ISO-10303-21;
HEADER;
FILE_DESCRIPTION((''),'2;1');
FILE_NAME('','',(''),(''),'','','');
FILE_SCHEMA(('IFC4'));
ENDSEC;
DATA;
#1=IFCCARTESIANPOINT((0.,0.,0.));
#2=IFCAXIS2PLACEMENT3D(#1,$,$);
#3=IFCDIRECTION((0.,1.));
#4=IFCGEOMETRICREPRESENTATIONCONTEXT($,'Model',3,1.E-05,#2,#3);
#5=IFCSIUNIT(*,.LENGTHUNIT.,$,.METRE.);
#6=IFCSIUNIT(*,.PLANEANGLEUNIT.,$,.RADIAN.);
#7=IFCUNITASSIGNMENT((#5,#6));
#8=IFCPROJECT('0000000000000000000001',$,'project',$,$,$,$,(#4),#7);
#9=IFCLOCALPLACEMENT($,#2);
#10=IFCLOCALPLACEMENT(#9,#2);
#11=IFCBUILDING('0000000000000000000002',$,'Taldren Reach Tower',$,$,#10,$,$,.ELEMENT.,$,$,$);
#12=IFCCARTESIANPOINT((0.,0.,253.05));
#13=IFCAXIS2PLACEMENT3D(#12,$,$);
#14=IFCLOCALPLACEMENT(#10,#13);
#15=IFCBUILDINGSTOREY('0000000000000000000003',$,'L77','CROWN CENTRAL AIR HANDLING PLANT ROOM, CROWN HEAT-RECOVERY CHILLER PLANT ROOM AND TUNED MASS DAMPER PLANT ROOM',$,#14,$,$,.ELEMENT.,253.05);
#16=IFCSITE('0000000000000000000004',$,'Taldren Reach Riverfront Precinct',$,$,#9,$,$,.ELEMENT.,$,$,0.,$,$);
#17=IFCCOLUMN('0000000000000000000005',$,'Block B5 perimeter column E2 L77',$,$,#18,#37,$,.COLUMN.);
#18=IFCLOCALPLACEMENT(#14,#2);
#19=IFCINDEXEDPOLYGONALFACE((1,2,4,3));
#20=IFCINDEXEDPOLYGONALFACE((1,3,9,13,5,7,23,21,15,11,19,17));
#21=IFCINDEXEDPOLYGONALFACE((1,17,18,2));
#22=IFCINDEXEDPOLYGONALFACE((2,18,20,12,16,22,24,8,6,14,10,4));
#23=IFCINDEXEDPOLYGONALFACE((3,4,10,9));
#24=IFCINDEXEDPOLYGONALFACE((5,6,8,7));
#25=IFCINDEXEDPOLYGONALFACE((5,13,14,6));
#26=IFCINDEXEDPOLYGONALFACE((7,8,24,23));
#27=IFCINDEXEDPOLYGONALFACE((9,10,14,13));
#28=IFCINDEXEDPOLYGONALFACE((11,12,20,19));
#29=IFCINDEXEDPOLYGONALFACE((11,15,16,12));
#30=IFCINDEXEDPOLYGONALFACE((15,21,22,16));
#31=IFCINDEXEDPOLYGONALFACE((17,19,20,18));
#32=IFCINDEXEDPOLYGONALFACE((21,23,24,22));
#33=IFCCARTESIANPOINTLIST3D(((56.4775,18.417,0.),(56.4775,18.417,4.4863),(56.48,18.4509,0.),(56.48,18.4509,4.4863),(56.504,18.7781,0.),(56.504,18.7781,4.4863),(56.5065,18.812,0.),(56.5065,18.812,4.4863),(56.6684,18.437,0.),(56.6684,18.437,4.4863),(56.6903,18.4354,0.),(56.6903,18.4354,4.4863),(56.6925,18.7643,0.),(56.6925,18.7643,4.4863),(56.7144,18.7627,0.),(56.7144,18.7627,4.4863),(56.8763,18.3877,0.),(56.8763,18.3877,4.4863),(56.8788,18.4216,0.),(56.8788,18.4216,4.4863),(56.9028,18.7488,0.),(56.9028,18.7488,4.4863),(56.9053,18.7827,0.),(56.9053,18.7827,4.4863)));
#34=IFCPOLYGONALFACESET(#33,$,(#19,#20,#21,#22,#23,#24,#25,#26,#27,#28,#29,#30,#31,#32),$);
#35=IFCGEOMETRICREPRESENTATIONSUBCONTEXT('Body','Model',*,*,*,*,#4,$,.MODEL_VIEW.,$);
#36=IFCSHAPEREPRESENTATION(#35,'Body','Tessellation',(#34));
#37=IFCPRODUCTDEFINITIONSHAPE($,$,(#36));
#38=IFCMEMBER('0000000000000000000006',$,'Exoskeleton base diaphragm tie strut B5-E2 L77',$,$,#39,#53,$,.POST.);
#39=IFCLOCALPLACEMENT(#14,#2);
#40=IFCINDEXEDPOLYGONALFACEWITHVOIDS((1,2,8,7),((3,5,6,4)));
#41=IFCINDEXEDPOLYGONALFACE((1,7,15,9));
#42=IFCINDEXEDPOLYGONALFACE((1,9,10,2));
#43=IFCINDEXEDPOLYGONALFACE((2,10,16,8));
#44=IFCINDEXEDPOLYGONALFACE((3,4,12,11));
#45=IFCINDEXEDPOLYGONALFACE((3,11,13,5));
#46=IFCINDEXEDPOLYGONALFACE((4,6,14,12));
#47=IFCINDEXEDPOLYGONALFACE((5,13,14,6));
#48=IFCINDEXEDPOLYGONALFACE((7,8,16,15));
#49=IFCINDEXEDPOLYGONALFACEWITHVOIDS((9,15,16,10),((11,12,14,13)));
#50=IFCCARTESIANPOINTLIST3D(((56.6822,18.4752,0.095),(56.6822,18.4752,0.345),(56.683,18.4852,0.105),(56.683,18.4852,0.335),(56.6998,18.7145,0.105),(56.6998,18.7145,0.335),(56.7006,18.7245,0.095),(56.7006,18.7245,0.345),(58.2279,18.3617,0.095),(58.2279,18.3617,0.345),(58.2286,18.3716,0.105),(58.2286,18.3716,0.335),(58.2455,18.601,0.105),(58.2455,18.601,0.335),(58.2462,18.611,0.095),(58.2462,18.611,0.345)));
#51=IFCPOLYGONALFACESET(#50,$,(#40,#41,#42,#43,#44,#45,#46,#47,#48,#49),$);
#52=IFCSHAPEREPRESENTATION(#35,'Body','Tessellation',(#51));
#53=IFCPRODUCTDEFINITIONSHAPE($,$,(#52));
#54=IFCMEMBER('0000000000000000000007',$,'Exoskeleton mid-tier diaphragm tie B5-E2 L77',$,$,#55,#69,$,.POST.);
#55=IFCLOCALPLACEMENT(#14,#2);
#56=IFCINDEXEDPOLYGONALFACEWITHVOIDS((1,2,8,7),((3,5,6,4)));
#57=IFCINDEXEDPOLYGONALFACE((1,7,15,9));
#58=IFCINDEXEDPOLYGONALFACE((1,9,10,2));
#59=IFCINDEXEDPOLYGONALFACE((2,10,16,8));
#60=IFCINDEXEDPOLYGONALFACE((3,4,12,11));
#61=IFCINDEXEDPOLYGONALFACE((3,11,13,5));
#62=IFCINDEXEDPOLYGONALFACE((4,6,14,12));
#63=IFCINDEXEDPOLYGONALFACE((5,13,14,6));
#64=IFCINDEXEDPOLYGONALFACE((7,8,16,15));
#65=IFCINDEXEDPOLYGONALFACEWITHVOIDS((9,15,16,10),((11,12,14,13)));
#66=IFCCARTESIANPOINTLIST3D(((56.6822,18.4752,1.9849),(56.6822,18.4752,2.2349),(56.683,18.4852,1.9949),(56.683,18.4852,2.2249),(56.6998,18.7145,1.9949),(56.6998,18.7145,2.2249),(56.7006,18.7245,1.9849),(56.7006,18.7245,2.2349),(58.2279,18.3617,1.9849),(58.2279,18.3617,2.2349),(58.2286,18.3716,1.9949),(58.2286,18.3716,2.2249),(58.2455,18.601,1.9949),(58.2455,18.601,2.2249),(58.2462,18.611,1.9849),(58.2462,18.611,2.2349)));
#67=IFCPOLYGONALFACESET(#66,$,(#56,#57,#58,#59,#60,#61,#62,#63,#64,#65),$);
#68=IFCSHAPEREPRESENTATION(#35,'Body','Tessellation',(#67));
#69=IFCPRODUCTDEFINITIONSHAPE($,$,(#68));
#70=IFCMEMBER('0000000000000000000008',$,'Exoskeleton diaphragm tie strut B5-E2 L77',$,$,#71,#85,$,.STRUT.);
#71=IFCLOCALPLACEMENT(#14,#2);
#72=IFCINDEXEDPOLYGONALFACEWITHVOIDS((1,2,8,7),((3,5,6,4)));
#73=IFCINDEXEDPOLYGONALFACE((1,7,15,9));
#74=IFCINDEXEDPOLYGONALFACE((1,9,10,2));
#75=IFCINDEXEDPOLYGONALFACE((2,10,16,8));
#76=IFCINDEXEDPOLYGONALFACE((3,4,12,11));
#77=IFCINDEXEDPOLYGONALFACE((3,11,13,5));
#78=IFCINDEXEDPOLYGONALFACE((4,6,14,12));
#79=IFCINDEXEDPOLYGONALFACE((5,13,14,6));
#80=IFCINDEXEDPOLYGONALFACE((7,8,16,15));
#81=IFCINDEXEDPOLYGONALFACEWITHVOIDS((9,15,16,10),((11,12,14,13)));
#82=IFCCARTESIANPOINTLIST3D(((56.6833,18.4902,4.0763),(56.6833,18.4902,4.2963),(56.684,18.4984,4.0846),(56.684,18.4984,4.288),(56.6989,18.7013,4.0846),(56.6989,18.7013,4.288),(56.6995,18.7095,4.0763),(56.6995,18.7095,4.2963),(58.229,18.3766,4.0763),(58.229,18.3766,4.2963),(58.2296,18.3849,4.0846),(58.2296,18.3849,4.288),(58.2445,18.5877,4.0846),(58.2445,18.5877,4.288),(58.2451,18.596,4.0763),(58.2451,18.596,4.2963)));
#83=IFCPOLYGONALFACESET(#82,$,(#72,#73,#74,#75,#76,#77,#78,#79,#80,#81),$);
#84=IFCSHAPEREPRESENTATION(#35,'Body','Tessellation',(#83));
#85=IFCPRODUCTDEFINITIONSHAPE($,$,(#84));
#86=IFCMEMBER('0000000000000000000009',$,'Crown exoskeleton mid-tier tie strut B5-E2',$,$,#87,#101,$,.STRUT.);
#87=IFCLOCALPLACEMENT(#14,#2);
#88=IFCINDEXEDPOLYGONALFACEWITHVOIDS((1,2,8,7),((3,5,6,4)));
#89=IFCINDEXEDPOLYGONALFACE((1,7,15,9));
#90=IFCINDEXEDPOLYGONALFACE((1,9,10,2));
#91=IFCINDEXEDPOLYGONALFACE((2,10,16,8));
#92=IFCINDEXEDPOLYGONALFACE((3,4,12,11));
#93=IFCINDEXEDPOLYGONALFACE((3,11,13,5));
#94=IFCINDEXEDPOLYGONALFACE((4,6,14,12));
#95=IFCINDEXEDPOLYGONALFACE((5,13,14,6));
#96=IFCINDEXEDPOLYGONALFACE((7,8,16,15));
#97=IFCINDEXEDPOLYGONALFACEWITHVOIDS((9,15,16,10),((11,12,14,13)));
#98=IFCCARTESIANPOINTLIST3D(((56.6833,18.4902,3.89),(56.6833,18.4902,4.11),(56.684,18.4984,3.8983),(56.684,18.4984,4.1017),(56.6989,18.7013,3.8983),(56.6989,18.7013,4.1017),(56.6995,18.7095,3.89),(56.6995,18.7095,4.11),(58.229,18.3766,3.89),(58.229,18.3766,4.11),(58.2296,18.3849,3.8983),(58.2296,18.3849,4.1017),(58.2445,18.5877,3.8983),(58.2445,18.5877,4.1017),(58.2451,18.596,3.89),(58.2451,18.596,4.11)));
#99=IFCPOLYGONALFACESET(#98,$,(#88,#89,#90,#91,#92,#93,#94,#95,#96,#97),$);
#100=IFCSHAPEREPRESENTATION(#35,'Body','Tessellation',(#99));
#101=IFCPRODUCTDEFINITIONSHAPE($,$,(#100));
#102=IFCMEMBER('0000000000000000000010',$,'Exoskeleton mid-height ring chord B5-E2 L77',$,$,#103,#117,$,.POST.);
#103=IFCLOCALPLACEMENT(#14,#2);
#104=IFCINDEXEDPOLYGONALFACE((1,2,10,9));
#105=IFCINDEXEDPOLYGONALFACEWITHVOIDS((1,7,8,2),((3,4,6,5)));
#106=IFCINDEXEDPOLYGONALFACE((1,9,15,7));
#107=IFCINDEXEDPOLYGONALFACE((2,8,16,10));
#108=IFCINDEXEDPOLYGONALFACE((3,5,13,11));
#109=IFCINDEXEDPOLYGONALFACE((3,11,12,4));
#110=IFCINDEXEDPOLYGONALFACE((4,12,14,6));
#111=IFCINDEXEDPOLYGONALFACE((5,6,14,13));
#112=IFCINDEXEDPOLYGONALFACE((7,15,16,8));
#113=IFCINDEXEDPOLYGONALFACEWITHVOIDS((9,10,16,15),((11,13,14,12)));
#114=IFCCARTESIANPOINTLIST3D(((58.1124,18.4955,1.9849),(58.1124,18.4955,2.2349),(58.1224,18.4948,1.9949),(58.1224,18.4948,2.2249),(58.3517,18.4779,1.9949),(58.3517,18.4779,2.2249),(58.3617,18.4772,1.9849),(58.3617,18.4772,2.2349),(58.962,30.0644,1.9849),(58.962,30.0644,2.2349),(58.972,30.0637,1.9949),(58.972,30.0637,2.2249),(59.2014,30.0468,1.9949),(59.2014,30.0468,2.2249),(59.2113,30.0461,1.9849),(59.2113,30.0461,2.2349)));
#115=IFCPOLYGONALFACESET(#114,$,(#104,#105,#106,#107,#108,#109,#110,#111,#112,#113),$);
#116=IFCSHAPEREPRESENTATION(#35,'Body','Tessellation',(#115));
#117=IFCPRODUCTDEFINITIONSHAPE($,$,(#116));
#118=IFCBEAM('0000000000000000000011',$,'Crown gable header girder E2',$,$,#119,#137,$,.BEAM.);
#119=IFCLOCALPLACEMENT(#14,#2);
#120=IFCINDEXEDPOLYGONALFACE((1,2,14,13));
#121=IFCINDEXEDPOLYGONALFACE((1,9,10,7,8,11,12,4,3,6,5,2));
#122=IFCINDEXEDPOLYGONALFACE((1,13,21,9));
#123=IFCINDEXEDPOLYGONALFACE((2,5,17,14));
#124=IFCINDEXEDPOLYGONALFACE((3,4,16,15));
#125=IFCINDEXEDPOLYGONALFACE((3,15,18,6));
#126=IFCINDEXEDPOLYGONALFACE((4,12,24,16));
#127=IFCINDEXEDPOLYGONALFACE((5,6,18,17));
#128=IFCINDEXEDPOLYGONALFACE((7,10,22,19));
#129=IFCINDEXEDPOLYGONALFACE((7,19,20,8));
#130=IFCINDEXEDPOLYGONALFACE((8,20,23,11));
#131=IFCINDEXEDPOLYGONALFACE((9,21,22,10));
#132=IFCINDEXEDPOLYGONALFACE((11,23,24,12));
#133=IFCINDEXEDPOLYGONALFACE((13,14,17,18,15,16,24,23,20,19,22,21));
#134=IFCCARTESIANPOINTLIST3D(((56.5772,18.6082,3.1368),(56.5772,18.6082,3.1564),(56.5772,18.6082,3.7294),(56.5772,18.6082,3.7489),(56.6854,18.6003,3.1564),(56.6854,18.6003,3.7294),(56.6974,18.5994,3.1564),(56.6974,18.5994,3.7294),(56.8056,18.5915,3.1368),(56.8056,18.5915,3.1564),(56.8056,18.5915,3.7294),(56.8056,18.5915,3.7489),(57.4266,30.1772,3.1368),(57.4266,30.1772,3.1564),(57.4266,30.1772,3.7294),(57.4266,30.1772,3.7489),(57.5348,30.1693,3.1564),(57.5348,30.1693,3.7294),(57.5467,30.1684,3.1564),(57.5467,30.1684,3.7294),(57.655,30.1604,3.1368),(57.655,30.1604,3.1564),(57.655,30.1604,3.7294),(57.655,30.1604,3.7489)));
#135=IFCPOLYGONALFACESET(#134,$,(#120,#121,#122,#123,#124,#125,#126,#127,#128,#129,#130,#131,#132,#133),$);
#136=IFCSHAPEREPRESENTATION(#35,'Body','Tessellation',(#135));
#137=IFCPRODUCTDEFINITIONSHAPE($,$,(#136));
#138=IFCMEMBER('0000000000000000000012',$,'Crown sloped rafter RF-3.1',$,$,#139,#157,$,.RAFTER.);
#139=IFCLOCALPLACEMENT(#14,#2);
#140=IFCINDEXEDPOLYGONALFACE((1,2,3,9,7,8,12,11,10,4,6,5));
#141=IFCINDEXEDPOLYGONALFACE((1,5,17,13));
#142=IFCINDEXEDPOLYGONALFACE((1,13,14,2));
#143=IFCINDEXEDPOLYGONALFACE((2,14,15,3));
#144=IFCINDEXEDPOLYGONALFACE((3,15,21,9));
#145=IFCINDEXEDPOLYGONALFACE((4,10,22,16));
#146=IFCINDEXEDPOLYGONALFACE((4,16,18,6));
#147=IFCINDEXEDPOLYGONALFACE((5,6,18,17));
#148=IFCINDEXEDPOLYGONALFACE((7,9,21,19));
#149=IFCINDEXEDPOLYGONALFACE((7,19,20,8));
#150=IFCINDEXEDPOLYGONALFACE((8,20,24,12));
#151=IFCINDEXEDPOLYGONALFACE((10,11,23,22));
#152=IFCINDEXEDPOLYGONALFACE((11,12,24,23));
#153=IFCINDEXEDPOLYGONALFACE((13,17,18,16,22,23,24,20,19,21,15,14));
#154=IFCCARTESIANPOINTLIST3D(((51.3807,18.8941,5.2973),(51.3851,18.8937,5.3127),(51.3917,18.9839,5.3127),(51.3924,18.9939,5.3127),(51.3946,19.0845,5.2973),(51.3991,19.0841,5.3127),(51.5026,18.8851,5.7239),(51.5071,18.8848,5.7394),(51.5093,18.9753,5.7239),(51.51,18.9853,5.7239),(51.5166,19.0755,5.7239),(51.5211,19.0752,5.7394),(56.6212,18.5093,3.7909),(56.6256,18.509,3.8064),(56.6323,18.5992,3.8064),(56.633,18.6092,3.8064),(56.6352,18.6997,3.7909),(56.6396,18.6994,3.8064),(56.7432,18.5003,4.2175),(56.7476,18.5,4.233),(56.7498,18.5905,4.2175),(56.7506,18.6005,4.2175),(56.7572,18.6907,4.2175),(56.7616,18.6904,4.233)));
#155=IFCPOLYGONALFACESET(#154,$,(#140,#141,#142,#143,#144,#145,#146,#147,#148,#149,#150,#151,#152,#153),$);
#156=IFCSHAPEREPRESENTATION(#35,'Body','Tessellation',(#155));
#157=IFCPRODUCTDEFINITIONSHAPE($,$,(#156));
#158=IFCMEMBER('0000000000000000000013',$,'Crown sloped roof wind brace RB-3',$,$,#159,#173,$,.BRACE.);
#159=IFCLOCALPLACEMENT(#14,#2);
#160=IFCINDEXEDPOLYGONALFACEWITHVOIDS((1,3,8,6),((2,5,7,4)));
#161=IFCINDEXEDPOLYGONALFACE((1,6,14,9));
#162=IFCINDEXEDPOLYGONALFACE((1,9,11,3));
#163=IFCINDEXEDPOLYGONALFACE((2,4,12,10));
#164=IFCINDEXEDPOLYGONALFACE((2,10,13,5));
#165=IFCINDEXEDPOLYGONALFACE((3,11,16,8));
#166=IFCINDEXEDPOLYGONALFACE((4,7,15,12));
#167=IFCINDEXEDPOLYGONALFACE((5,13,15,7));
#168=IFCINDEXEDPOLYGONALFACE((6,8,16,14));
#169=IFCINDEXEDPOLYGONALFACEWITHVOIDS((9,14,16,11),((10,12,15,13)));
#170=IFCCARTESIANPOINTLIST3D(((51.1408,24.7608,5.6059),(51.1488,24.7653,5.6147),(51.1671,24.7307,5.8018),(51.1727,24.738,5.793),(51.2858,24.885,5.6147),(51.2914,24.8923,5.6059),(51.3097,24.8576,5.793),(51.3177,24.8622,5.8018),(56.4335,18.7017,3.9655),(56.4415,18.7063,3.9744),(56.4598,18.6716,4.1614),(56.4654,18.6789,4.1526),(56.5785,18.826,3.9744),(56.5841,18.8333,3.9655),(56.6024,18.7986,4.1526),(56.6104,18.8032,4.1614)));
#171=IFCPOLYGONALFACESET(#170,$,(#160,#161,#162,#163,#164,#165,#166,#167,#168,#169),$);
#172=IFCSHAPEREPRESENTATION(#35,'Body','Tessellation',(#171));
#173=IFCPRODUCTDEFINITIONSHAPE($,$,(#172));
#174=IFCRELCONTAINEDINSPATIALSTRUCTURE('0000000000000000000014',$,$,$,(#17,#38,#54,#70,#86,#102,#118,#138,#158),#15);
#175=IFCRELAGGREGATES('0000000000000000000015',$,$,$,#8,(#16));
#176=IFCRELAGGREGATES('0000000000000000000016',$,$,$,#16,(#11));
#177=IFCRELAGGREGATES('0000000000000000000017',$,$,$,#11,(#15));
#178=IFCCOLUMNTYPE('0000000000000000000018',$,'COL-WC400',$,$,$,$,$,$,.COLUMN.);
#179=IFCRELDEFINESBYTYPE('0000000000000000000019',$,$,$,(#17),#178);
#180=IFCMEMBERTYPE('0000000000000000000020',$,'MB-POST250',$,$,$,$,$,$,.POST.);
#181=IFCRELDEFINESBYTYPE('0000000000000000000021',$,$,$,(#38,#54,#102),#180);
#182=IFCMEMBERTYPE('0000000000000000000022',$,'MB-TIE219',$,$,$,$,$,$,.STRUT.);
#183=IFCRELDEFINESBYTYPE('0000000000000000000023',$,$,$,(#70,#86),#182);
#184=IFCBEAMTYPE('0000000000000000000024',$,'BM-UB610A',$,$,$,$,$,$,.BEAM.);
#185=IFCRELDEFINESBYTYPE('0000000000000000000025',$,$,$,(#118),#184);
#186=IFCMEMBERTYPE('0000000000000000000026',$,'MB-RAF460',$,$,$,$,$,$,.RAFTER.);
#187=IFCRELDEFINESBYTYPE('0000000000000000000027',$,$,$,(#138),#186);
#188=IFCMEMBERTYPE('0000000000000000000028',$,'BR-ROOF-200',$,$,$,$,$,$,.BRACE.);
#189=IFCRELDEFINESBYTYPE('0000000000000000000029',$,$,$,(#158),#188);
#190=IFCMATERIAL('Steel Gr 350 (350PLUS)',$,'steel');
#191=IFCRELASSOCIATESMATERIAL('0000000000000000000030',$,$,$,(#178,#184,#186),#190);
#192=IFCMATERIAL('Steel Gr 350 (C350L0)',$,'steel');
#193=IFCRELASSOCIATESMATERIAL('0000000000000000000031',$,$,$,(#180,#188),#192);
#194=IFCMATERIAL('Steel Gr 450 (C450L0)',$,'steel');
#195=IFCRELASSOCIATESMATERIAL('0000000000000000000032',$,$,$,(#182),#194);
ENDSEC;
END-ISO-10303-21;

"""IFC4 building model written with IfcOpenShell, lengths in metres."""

from ifc_helpers import new_model, si_unit, direction, frame, origin, origin_2d, place, context, subcontext, project, spatial, hollow_rectangle, i_section, extrude, source, transform, mapped, material, material_profile, profile_set, type_object, element, save


model = new_model("IFC4")

# Units and contexts
model_context = context("Model", 3, precision=1e-05, world=origin(), true_north=direction((0.0, 1.0)))
body_context = subcontext(model_context, "Body", "Model", "MODEL_VIEW")
ifc_project = project(units=[si_unit("LENGTHUNIT", "METRE"), si_unit("PLANEANGLEUNIT", "RADIAN")], contexts=[model_context])

# Site, building, storey
site_placement = place(None, origin())
site = spatial("IfcSite", under=ifc_project, at=site_placement, Name="Taldren Reach Riverfront Precinct", CompositionType="ELEMENT", RefElevation=0.0)
building_placement = place(site_placement, origin())
building = spatial("IfcBuilding", under=site, at=building_placement, Name="Taldren Reach Tower", CompositionType="ELEMENT")
storey_placement = place(building_placement, frame((0.0, 0.0, 253.05)))
storey = spatial("IfcBuildingStorey", under=building, at=storey_placement, Name="L77", Description="CROWN CENTRAL AIR HANDLING PLANT ROOM, CROWN HEAT-RECOVERY CHILLER PLANT ROOM AND TUNED MASS DAMPER PLANT ROOM", CompositionType="ELEMENT", Elevation=253.05)

# Column
ifc_material_1 = material(Name="Steel Gr 350 (350PLUS)", Category="steel")
ifc_material_profile_1 = material_profile(ifc_material_1, i_section(OverallWidth=0.3999, OverallDepth=0.396, WebThickness=0.022, FlangeThickness=0.0339, at=origin_2d()), Name="400WC270")
ifc_profile_set_1 = profile_set([ifc_material_profile_1], Name="Steel Gr 350 (350PLUS)")
column_type = type_object("IfcColumnType", Name="COL-WC400", PredefinedType="COLUMN", material=ifc_profile_set_1)
shared_shape_1 = source(origin(), body_context, "Body", "SweptSolid", [
    extrude(i_section(OverallWidth=0.3999, OverallDepth=0.396, WebThickness=0.022, FlangeThickness=0.0339, at=origin_2d()), origin(), (0.0, 0.0, 1.0), 4.4863),
])
column_placement = place(storey_placement, frame((56.6914, 18.5999, 0.0), z_axis=(0.0, 0.0, 1.0), x_axis=(0.997314, -0.073238, 0.0)))
element("IfcColumn", 1, at=column_placement, inside=storey, type_object=column_type, Name="Block B5 perimeter column E2 L77", PredefinedType="COLUMN", context=body_context, shape_type="MappedRepresentation", body=[
    mapped(shared_shape_1, transform((0.0, 0.0, 0.0), scale=1.0)),
])

# Members
ifc_material_2 = material(Name="Steel Gr 350 (C350L0)", Category="steel")
ifc_material_profile_2 = material_profile(ifc_material_2, hollow_rectangle(XDim=0.25, YDim=0.25, WallThickness=0.01, at=origin_2d()), Name="250x250x10.0SHS")
ifc_profile_set_2 = profile_set([ifc_material_profile_2], Name="Steel Gr 350 (C350L0)")
member_type_1 = type_object("IfcMemberType", Name="MB-POST250", PredefinedType="POST", material=ifc_profile_set_2)
shared_shape_2 = source(origin(), body_context, "Body", "SweptSolid", [
    extrude(hollow_rectangle(XDim=0.25, YDim=0.25, WallThickness=0.01, at=origin_2d()), origin(), (0.0, 0.0, 1.0), 1.5498),
])
for number, where, z_axis, x_axis, name in (
    (2, (56.6914, 18.5999, 0.22), (0.997314, -0.073251, 0.0), (0.073251, 0.997314, 0.0), "Exoskeleton base diaphragm tie strut B5-E2 L77"),
    (3, (56.6914, 18.5999, 2.1099), (0.997314, -0.073251, 0.0), (0.073251, 0.997314, 0.0), "Exoskeleton mid-tier diaphragm tie B5-E2 L77"),
):
    element("IfcMember", number, at=place(storey_placement, frame(where, z_axis=z_axis, x_axis=x_axis)), inside=storey, type_object=member_type_1, Name=name, PredefinedType="POST", context=body_context, shape_type="MappedRepresentation", body=[
        mapped(shared_shape_2, transform((0.0, 0.0, 0.0), scale=1.0)),
    ])
ifc_material_3 = material(Name="Steel Gr 450 (C450L0)", Category="steel")
ifc_material_profile_3 = material_profile(ifc_material_3, hollow_rectangle(XDim=0.22, YDim=0.22, WallThickness=0.0083, at=origin_2d()), Name="220x220x8.2SHS")
ifc_profile_set_3 = profile_set([ifc_material_profile_3], Name="Steel Gr 450 (C450L0)")
member_type_2 = type_object("IfcMemberType", Name="MB-TIE219", PredefinedType="STRUT", material=ifc_profile_set_3)
shared_shape_3 = source(origin(), body_context, "Body", "SweptSolid", [
    extrude(hollow_rectangle(XDim=0.22, YDim=0.22, WallThickness=0.0083, at=origin_2d()), origin(), (0.0, 0.0, 1.0), 1.5498),
])
for number, where, z_axis, x_axis, name in (
    (4, (56.6914, 18.5999, 4.1863), (0.997314, -0.073251, 0.0), (0.073251, 0.997314, 0.0), "Exoskeleton diaphragm tie strut B5-E2 L77"),
    (5, (56.6914, 18.5999, 4.0), (0.997314, -0.073251, 0.0), (0.073251, 0.997314, 0.0), "Crown exoskeleton mid-tier tie strut B5-E2"),
):
    element("IfcMember", number, at=place(storey_placement, frame(where, z_axis=z_axis, x_axis=x_axis)), inside=storey, type_object=member_type_2, Name=name, PredefinedType="STRUT", context=body_context, shape_type="MappedRepresentation", body=[
        mapped(shared_shape_3, transform((0.0, 0.0, 0.0), scale=1.0)),
    ])
shared_shape_4 = source(origin(), body_context, "Body", "SweptSolid", [
    extrude(hollow_rectangle(XDim=0.25, YDim=0.25, WallThickness=0.01, at=origin_2d()), origin(), (0.0, 0.0, 1.0), 11.6001),
])
member_1_placement = place(storey_placement, frame((58.2371, 18.4863, 2.1099), z_axis=(0.073242, 0.997314, 0.0), x_axis=(-0.997314, 0.073242, 0.0)))
element("IfcMember", 6, at=member_1_placement, inside=storey, type_object=member_type_1, Name="Exoskeleton mid-height ring chord B5-E2 L77", PredefinedType="POST", context=body_context, shape_type="MappedRepresentation", body=[
    mapped(shared_shape_4, transform((0.0, 0.0, 0.0), scale=1.0)),
])

# Beam
ifc_material_profile_4 = material_profile(ifc_material_1, i_section(OverallWidth=0.229, OverallDepth=0.6121, WebThickness=0.012, FlangeThickness=0.0195, at=origin_2d()), Name="610UB125")
ifc_profile_set_4 = profile_set([ifc_material_profile_4], Name="Steel Gr 350 (350PLUS)")
beam_type = type_object("IfcBeamType", Name="BM-UB610A", PredefinedType="BEAM", material=ifc_profile_set_4)
shared_shape_5 = source(origin(), body_context, "Body", "SweptSolid", [
    extrude(i_section(OverallWidth=0.229, OverallDepth=0.6121, WebThickness=0.012, FlangeThickness=0.0195, at=origin_2d()), origin(), (0.0, 0.0, 1.0), 11.6001),
])
beam_placement = place(storey_placement, frame((56.6914, 18.5999, 3.4429), z_axis=(0.073221, 0.997316, 0.0), x_axis=(-0.997316, 0.073221, 0.0)))
element("IfcBeam", 7, at=beam_placement, inside=storey, type_object=beam_type, Name="Crown gable header girder E2", PredefinedType="BEAM", context=body_context, shape_type="MappedRepresentation", body=[
    mapped(shared_shape_5, transform((0.0, 0.0, 0.0), scale=1.0)),
])

# Members
ifc_material_profile_5 = material_profile(ifc_material_1, i_section(OverallWidth=0.1909, OverallDepth=0.46, WebThickness=0.01, FlangeThickness=0.0161, at=origin_2d()), Name="460UB82.1")
ifc_profile_set_5 = profile_set([ifc_material_profile_5], Name="Steel Gr 350 (350PLUS)")
member_type_3 = type_object("IfcMemberType", Name="MB-RAF460", PredefinedType="RAFTER", material=ifc_profile_set_5)
shared_shape_6 = source(origin(), body_context, "Body", "SweptSolid", [
    extrude(i_section(OverallWidth=0.1909, OverallDepth=0.46, WebThickness=0.01, FlangeThickness=0.0161, at=origin_2d()), origin(), (0.0, 0.0, 1.0), 5.4663),
])
member_2_placement = place(storey_placement, frame((56.6914, 18.5999, 4.012), z_axis=(-0.9587, 0.070389, 0.275573), x_axis=(-0.073225, -0.997315, 0.0)))
element("IfcMember", 8, at=member_2_placement, inside=storey, type_object=member_type_3, Name="Crown sloped rafter RF-3.1", PredefinedType="RAFTER", context=body_context, shape_type="MappedRepresentation", body=[
    mapped(shared_shape_6, transform((0.0, 0.0, 0.0), scale=1.0)),
])
ifc_material_profile_6 = material_profile(ifc_material_2, hollow_rectangle(XDim=0.2, YDim=0.2, WallThickness=0.009, at=origin_2d()), Name="200x200x9.0SHS")
ifc_profile_set_6 = profile_set([ifc_material_profile_6], Name="Steel Gr 350 (C350L0)")
member_type_4 = type_object("IfcMemberType", Name="BR-ROOF-200", PredefinedType="BRACE", material=ifc_profile_set_6)
shared_shape_7 = source(origin(), body_context, "Body", "SweptSolid", [
    extrude(hollow_rectangle(XDim=0.2, YDim=0.2, WallThickness=0.009, at=origin_2d()), origin(), (0.0, 0.0, 1.0), 8.2107),
])
member_3_placement = place(storey_placement, frame((56.522, 18.7524, 4.0635), z_axis=(-0.64461, 0.737946, 0.199785), x_axis=(-0.753129, -0.657873, 0.0)))
element("IfcMember", 9, at=member_3_placement, inside=storey, type_object=member_type_4, Name="Crown sloped roof wind brace RB-3", PredefinedType="BRACE", context=body_context, shape_type="MappedRepresentation", body=[
    mapped(shared_shape_7, transform((0.0, 0.0, 0.0), scale=1.0)),
])

save(model, "model.ifc")
